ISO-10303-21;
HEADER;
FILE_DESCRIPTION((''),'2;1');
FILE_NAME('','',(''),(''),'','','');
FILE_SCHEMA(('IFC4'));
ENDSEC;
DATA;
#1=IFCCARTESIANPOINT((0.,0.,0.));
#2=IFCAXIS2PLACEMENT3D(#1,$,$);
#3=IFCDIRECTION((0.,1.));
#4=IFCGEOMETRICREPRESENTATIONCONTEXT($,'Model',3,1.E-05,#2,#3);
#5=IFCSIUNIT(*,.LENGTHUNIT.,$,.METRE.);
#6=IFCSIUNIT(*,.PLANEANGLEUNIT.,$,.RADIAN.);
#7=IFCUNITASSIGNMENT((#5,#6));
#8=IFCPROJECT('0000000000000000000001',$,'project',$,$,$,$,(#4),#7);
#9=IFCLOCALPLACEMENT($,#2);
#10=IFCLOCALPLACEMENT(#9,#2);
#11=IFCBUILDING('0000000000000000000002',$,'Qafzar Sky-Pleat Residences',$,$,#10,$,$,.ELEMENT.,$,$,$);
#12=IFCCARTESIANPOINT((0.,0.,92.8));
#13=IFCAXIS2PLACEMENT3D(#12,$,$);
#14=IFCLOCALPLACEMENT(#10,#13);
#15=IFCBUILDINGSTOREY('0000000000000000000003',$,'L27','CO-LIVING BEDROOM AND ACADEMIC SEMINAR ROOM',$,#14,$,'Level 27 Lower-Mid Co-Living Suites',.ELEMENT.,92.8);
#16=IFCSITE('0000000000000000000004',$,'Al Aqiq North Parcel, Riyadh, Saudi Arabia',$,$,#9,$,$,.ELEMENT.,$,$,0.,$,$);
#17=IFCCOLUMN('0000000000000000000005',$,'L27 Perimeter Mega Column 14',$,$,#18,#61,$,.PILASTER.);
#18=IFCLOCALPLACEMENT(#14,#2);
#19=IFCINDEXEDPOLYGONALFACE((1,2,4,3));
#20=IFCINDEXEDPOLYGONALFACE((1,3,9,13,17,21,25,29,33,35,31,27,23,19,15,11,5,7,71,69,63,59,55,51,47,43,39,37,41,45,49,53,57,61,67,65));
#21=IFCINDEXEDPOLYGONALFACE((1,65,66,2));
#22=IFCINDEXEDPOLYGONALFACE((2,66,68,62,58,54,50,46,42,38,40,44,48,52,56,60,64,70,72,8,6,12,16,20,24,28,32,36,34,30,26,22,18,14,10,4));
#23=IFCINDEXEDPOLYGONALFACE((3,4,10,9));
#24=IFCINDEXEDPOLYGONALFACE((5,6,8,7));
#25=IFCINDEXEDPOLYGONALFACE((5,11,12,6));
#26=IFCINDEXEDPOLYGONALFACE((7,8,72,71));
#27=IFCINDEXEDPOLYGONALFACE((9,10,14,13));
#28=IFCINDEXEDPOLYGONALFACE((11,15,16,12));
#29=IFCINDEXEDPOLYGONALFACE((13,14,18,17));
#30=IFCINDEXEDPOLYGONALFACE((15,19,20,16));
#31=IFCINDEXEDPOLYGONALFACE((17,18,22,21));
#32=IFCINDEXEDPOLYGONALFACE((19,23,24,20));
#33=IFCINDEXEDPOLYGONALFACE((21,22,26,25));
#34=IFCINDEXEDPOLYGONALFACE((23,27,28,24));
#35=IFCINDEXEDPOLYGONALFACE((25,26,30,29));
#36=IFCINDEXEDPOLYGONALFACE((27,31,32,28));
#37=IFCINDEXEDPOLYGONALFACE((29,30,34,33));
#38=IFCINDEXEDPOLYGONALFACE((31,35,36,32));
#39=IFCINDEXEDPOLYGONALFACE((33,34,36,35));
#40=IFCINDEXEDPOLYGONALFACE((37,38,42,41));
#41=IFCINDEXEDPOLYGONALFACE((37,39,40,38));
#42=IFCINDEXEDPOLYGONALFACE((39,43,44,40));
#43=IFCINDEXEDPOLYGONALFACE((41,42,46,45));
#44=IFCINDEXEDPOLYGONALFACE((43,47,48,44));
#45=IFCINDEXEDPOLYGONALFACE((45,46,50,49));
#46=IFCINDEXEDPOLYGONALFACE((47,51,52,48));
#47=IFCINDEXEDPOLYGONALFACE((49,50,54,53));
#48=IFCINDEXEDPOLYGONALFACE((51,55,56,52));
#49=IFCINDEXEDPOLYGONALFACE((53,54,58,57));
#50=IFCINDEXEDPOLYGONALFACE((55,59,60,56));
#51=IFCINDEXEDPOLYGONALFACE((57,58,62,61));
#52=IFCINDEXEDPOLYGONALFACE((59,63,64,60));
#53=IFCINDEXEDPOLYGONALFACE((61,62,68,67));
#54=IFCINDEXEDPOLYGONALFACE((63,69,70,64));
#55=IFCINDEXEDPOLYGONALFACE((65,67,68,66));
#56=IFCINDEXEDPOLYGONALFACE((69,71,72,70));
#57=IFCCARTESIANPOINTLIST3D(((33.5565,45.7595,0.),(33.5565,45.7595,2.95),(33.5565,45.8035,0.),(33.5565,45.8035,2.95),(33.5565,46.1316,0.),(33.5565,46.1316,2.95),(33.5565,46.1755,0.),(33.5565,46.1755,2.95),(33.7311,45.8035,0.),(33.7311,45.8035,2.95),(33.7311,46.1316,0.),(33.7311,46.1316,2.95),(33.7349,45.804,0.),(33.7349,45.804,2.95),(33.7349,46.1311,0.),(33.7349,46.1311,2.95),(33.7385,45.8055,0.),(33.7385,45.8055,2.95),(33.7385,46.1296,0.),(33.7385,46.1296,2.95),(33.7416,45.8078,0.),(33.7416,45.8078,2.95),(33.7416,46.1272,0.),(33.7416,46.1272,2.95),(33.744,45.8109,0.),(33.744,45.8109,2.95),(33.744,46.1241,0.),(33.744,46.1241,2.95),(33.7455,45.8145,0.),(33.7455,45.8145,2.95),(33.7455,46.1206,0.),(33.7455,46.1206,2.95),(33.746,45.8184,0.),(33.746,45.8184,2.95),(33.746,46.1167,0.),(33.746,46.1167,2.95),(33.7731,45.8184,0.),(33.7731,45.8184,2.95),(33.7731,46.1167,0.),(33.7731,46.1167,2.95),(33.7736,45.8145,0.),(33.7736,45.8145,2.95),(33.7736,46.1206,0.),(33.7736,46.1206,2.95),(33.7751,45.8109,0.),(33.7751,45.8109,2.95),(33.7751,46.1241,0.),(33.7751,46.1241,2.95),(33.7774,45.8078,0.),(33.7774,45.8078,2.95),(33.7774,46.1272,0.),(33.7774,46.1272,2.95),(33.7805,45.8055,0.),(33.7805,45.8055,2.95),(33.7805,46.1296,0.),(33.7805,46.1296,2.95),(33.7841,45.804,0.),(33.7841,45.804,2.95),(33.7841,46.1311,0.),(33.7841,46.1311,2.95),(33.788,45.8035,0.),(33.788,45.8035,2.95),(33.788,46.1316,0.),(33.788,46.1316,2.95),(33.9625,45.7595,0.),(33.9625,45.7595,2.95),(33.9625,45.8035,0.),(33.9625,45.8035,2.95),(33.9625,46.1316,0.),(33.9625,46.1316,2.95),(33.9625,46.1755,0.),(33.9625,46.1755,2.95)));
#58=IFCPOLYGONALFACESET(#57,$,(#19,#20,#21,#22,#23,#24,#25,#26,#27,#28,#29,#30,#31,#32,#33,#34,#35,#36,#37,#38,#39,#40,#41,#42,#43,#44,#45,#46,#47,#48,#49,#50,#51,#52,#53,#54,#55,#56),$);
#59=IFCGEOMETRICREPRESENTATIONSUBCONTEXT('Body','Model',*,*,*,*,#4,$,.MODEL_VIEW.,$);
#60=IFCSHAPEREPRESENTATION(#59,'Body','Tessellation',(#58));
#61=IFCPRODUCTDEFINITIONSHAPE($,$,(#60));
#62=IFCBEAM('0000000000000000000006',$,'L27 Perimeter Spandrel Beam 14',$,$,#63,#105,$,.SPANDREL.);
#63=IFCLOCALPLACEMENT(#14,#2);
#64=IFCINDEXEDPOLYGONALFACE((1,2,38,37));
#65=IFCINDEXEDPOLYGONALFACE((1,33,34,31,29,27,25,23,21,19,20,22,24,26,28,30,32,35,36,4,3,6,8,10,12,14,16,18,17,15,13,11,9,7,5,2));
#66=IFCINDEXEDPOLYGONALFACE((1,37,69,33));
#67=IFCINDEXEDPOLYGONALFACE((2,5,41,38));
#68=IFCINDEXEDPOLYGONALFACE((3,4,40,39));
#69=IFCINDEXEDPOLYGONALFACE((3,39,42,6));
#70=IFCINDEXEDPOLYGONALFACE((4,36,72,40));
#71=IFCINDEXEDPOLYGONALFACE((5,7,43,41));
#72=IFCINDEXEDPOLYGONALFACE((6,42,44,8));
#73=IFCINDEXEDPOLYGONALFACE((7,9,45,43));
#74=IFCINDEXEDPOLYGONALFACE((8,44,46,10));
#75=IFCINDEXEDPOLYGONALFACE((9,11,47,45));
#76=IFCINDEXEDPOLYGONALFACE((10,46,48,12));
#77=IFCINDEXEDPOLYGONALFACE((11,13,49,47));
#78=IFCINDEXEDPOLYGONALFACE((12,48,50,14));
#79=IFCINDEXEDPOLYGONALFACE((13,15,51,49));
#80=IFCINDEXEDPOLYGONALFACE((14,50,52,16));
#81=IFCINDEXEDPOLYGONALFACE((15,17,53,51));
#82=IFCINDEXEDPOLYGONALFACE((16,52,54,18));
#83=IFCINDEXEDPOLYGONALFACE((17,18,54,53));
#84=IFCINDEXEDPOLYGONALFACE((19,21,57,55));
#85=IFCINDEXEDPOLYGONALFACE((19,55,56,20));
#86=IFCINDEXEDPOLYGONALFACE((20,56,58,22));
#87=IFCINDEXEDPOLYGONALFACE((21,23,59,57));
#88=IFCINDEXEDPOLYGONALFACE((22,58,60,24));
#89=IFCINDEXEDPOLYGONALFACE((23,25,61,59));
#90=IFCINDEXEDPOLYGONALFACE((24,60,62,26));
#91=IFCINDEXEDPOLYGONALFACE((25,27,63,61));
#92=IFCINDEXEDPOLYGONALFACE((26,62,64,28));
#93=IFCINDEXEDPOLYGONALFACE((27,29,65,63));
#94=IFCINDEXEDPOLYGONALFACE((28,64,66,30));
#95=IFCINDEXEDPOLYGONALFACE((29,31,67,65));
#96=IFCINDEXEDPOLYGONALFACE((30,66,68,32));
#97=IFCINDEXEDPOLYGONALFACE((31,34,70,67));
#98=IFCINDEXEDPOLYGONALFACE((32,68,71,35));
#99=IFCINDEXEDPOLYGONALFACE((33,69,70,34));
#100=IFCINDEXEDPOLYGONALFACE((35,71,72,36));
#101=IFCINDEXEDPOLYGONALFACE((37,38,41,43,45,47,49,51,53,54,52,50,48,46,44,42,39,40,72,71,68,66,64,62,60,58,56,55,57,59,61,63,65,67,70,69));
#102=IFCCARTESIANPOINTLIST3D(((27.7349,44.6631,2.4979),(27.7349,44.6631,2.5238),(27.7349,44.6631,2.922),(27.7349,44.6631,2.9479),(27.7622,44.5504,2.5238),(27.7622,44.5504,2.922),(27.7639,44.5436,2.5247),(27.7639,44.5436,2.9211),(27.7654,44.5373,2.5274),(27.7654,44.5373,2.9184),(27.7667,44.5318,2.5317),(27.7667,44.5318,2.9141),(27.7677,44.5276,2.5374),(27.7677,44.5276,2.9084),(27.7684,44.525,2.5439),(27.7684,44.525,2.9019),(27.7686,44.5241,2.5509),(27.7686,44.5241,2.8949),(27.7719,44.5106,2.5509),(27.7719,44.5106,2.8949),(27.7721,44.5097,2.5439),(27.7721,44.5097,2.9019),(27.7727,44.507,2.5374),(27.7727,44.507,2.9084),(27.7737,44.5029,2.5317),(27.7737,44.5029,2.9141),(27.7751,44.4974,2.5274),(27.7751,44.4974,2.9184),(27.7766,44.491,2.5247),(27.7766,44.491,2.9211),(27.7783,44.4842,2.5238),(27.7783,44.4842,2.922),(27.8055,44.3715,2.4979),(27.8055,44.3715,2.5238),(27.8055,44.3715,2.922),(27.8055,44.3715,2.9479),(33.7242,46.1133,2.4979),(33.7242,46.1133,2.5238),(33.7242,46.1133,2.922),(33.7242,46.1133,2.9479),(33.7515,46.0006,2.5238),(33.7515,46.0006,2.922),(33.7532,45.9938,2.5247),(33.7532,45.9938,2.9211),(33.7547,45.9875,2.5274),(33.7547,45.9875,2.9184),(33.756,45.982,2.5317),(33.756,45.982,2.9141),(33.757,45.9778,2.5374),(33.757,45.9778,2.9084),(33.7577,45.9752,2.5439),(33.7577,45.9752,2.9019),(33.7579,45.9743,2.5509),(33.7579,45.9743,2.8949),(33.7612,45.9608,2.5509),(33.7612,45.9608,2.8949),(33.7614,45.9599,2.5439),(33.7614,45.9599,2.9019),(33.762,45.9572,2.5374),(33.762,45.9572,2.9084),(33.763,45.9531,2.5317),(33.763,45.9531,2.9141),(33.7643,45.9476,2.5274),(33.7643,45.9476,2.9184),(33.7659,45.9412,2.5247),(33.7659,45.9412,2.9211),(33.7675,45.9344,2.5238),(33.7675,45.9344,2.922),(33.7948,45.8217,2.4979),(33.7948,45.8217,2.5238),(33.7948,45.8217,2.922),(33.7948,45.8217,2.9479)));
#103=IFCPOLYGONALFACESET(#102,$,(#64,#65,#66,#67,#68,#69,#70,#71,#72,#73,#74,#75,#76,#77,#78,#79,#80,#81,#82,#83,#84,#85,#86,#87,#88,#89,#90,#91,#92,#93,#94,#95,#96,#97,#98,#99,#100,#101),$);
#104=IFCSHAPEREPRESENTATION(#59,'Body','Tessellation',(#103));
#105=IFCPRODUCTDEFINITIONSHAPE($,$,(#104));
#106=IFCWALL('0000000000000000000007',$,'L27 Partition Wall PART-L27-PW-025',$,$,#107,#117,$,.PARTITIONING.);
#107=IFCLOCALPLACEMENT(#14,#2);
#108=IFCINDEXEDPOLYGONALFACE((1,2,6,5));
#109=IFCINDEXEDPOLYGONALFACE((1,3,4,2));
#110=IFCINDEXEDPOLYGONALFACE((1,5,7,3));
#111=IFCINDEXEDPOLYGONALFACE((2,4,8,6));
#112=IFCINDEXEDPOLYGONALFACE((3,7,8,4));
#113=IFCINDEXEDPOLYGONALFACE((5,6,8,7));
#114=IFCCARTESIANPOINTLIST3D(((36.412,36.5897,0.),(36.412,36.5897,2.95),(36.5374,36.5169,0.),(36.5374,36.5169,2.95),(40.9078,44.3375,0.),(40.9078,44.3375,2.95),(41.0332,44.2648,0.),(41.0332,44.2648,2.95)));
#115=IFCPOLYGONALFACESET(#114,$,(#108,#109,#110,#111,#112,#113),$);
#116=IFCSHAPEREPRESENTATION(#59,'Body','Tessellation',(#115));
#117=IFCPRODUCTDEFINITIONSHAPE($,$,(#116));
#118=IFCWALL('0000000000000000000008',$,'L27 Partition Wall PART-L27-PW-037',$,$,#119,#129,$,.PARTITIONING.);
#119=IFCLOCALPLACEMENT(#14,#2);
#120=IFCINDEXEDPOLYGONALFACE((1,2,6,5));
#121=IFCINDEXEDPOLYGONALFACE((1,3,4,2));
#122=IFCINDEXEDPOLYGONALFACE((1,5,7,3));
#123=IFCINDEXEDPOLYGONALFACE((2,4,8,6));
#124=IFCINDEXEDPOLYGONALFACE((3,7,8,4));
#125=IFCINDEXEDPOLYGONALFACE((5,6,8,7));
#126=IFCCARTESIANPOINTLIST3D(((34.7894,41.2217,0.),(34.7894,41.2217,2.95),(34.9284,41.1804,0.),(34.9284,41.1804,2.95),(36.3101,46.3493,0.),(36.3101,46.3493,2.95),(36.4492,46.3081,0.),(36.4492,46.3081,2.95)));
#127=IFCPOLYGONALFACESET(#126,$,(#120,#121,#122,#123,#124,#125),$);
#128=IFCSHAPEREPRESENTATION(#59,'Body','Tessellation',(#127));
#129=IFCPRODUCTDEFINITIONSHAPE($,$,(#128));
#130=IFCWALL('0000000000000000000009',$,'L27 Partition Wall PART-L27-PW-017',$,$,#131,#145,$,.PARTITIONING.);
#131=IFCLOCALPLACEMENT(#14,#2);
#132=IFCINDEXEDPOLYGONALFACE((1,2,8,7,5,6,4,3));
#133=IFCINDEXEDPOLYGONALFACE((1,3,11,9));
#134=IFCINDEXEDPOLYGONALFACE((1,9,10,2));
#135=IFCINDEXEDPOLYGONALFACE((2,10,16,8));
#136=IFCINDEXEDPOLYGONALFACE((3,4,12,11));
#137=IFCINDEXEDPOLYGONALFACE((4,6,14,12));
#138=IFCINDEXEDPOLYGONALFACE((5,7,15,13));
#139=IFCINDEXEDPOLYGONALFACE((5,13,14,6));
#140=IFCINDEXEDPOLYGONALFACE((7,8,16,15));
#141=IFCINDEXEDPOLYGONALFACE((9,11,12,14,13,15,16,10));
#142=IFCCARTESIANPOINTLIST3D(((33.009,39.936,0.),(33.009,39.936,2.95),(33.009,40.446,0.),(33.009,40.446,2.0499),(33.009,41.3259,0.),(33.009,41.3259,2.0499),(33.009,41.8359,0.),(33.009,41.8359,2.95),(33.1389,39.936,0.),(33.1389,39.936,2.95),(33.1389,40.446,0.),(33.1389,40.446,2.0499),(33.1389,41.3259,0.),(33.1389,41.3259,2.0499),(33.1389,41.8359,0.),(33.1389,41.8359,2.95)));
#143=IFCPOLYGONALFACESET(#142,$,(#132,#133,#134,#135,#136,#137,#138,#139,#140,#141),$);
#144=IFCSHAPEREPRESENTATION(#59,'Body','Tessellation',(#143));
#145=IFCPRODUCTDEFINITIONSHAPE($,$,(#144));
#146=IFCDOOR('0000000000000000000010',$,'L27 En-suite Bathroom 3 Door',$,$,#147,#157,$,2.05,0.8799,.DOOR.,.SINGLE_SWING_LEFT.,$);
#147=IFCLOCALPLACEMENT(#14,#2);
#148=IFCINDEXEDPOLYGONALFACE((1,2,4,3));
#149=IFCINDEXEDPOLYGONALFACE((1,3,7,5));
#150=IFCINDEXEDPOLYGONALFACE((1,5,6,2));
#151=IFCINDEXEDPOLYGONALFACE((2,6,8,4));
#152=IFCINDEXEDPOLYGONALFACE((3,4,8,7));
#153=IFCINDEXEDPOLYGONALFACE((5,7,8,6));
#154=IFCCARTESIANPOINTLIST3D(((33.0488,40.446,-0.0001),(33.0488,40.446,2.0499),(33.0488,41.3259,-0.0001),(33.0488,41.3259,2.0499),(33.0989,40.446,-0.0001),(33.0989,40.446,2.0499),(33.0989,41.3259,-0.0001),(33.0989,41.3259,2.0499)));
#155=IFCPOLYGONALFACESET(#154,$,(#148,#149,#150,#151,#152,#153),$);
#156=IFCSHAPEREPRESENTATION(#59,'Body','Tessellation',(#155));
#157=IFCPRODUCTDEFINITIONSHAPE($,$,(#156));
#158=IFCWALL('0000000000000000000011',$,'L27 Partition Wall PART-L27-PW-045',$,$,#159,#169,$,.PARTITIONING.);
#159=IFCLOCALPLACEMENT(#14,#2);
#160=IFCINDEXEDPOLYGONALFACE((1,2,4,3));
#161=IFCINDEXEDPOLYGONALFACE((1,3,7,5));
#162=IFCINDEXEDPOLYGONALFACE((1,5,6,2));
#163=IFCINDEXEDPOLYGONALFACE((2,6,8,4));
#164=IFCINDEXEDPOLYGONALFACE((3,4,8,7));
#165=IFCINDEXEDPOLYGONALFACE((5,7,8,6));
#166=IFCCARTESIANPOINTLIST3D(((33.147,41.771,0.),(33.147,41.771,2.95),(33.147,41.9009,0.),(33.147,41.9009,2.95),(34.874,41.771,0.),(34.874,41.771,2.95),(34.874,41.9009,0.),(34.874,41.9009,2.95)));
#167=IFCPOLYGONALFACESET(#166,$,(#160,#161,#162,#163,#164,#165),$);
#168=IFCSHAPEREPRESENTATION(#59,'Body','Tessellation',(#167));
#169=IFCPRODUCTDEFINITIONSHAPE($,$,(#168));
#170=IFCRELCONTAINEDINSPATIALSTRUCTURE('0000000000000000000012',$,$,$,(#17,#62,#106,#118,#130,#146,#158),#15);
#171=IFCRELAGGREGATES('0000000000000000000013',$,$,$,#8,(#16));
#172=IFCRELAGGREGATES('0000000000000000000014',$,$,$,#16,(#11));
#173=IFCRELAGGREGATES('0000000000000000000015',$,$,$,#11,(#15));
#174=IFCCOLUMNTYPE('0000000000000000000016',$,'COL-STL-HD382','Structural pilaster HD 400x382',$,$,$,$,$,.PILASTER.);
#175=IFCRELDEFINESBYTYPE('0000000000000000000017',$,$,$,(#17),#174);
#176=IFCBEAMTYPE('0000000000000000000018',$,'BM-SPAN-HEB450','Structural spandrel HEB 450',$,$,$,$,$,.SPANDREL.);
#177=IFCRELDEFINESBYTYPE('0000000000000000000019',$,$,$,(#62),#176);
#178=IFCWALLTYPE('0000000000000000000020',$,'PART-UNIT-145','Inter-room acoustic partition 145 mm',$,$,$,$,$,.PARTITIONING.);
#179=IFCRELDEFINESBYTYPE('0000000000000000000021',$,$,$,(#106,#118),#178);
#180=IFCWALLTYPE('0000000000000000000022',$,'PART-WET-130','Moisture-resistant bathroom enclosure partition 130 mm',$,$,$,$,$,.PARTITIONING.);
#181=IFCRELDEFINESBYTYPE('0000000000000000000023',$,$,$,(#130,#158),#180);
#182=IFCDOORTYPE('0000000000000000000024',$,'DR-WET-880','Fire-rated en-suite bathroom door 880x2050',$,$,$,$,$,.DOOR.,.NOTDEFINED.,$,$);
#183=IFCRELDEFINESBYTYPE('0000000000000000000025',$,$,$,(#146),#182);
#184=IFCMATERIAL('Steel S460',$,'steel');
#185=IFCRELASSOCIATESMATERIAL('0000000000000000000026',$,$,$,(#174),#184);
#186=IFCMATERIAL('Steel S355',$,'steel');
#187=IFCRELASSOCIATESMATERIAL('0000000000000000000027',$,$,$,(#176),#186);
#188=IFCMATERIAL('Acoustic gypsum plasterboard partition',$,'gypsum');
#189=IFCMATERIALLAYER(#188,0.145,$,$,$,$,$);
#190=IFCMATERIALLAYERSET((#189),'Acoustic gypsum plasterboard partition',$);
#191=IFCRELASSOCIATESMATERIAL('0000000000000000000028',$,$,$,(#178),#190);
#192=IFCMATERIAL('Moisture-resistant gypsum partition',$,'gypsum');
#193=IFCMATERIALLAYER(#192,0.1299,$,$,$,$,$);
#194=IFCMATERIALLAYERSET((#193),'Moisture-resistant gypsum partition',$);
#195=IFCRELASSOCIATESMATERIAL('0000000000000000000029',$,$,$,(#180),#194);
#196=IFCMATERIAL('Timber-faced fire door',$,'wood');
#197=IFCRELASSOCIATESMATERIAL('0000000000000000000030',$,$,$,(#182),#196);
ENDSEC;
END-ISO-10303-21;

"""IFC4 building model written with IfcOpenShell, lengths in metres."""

from ifc_helpers import new_model, si_unit, direction, frame, frame_2d, origin, origin_2d, place, context, subcontext, project, spatial, rectangle, i_section, extrude, source, transform, mapped, material, layer, layer_set, material_profile, profile_set, type_object, element, fill, save


model = new_model("IFC4")

# Units and contexts
model_context = context("Model", 3, precision=1e-05, world=origin(), true_north=direction((0.0, 1.0)))
body_context = subcontext(model_context, "Body", "Model", "MODEL_VIEW")
ifc_project = project(units=[si_unit("LENGTHUNIT", "METRE"), si_unit("PLANEANGLEUNIT", "RADIAN")], contexts=[model_context])

# Site, building, storey
site_placement = place(None, origin())
site = spatial("IfcSite", under=ifc_project, at=site_placement, Name="Al Aqiq North Parcel, Riyadh, Saudi Arabia", CompositionType="ELEMENT", RefElevation=0.0)
building_placement = place(site_placement, origin())
building = spatial("IfcBuilding", under=site, at=building_placement, Name="Qafzar Sky-Pleat Residences", CompositionType="ELEMENT")
storey_placement = place(building_placement, frame((0.0, 0.0, 92.8)))
storey = spatial("IfcBuildingStorey", under=building, at=storey_placement, Name="L27", Description="CO-LIVING BEDROOM AND ACADEMIC SEMINAR ROOM", LongName="Level 27 Lower-Mid Co-Living Suites", CompositionType="ELEMENT", Elevation=92.8)

# Column
ifc_material_1 = material(Name="Steel S460", Category="steel")
ifc_material_profile_1 = material_profile(ifc_material_1, i_section(OverallWidth=0.406, OverallDepth=0.416, WebThickness=0.0271, FlangeThickness=0.0439, FilletRadius=0.0149, at=origin_2d()), Name="HD 400x382")
ifc_profile_set_1 = profile_set([ifc_material_profile_1], Name="Steel S460")
column_type = type_object("IfcColumnType", Name="COL-STL-HD382", Description="Structural pilaster HD 400x382", PredefinedType="PILASTER", material=ifc_profile_set_1)
shared_shape_1 = source(origin(), body_context, "Body", "SweptSolid", [
    extrude(i_section(OverallWidth=0.406, OverallDepth=0.416, WebThickness=0.0271, FlangeThickness=0.0439, FilletRadius=0.0149, at=origin_2d()), origin(), (0.0, 0.0, 1.0), 2.95),
])
column_placement = place(storey_placement, frame((33.7595, 45.9675, 0.0), z_axis=(0.0, 0.0, 1.0), x_axis=(1.0, 0.0, 0.0)))
element("IfcColumn", 1, at=column_placement, inside=storey, type_object=column_type, Name="L27 Perimeter Mega Column 14", PredefinedType="PILASTER", context=body_context, shape_type="MappedRepresentation", body=[
    mapped(shared_shape_1, transform((0.0, 0.0, 0.0), x_axis=(1.0, 0.0, 0.0), y_axis=(0.0, 1.0, 0.0), z_axis=(0.0, 0.0, 1.0), scale=1.0)),
])

# Beam
ifc_material_2 = material(Name="Steel S355", Category="steel")
ifc_material_profile_2 = material_profile(ifc_material_2, i_section(OverallWidth=0.3, OverallDepth=0.45, WebThickness=0.0139, FlangeThickness=0.0259, FilletRadius=0.0271, at=origin_2d()), Name="HEB 450")
ifc_profile_set_2 = profile_set([ifc_material_profile_2], Name="Steel S355")
beam_type = type_object("IfcBeamType", Name="BM-SPAN-HEB450", Description="Structural spandrel HEB 450", PredefinedType="SPANDREL", material=ifc_profile_set_2)
shared_shape_2 = source(origin(), body_context, "Body", "SweptSolid", [
    extrude(i_section(OverallWidth=0.3, OverallDepth=0.45, WebThickness=0.0139, FlangeThickness=0.0259, FilletRadius=0.0271, at=origin_2d()), origin(), (0.0, 0.0, 1.0), 6.1624),
])
beam_placement = place(storey_placement, frame((33.7595, 45.9675, 2.7229), z_axis=(-0.971915, -0.235332, 0.0), x_axis=(0.235332, -0.971915, 0.0)))
element("IfcBeam", 2, at=beam_placement, inside=storey, type_object=beam_type, Name="L27 Perimeter Spandrel Beam 14", PredefinedType="SPANDREL", context=body_context, shape_type="MappedRepresentation", body=[
    mapped(shared_shape_2, transform((0.0, 0.0, 0.0), x_axis=(1.0, 0.0, 0.0), y_axis=(0.0, 1.0, 0.0), z_axis=(0.0, 0.0, 1.0), scale=1.0)),
])

# Walls
ifc_material_3 = material(Name="Acoustic gypsum plasterboard partition", Category="gypsum")
ifc_layer_1 = layer(ifc_material_3, 0.145)
ifc_layer_set_1 = layer_set([ifc_layer_1], Name="Acoustic gypsum plasterboard partition")
wall_type_1 = type_object("IfcWallType", Name="PART-UNIT-145", Description="Inter-room acoustic partition 145 mm", PredefinedType="PARTITIONING", material=ifc_layer_set_1)
wall_1_placement = place(storey_placement, frame((36.4746, 36.5532, 0.0), z_axis=(0.0, 0.0, 1.0), x_axis=(0.501896, 0.864928, 0.0)))
element("IfcWall", 3, at=wall_1_placement, inside=storey, type_object=wall_type_1, Name="L27 Partition Wall PART-L27-PW-025", PredefinedType="PARTITIONING", context=body_context, shape_type="SweptSolid", body=[
    extrude(rectangle(XDim=8.9578, YDim=0.145, at=frame_2d((4.479, 0.0))), origin(), (0.0, 0.0, 1.0), 2.95),
])
wall_2_placement = place(storey_placement, frame((34.8589, 41.2009, 0.0), z_axis=(0.0, 0.0, 1.0), x_axis=(0.284335, 0.958725, 0.0)))
element("IfcWall", 4, at=wall_2_placement, inside=storey, type_object=wall_type_1, Name="L27 Partition Wall PART-L27-PW-037", PredefinedType="PARTITIONING", context=body_context, shape_type="SweptSolid", body=[
    extrude(rectangle(XDim=5.3484, YDim=0.145, at=frame_2d((2.6743, 0.0))), origin(), (0.0, 0.0, 1.0), 2.95),
])

# Wall, opening, door
ifc_material_4 = material(Name="Moisture-resistant gypsum partition", Category="gypsum")
ifc_layer_2 = layer(ifc_material_4, 0.1299)
ifc_layer_set_2 = layer_set([ifc_layer_2], Name="Moisture-resistant gypsum partition")
wall_type_2 = type_object("IfcWallType", Name="PART-WET-130", Description="Moisture-resistant bathroom enclosure partition 130 mm", PredefinedType="PARTITIONING", material=ifc_layer_set_2)
wall_3_placement = place(storey_placement, frame((33.074, 41.8359, 0.0), z_axis=(0.0, 0.0, 1.0), x_axis=(0.0, -1.0, 0.0)))
wall_3 = element("IfcWall", 5, at=wall_3_placement, inside=storey, type_object=wall_type_2, Name="L27 Partition Wall PART-L27-PW-017", PredefinedType="PARTITIONING", context=body_context, shape_type="SweptSolid", body=[
    extrude(rectangle(XDim=1.8999, YDim=0.1299, at=frame_2d((0.95, 0.0))), origin(), (0.0, 0.0, 1.0), 2.95),
])
opening_1_placement = place(wall_3_placement, frame((0.51, 0.0, 0.0)))
opening_1 = element("IfcOpeningElement", 6, at=opening_1_placement, cuts=wall_3, PredefinedType="OPENING", context=body_context, shape_type="SweptSolid", body=[
    extrude(rectangle(XDim=0.8799, YDim=2.05, at=frame_2d((0.4399, 1.0249))), frame((0.0, 0.075, 0.0), z_axis=(0.0, -1.0, 0.0), x_axis=(1.0, 0.0, 0.0)), (0.0, 0.0, 1.0), 0.1499),
])
ifc_material_5 = material(Name="Timber-faced fire door", Category="wood")
door_type_1 = type_object("IfcDoorType", Name="DR-WET-880", Description="Fire-rated en-suite bathroom door 880x2050", OperationType="NOTDEFINED", PredefinedType="DOOR", material=ifc_material_5)
shared_shape_3 = source(origin(), body_context, "Body", "SweptSolid", [
    extrude(rectangle(XDim=0.8799, YDim=2.05, at=frame_2d((0.4399, 1.0249))), frame((0.0, 0.0249, 0.0), z_axis=(0.0, -1.0, 0.0), x_axis=(1.0, 0.0, 0.0)), (0.0, 0.0, 1.0), 0.05),
])
door_1_placement = place(opening_1_placement, origin())
door_1 = element("IfcDoor", 7, at=door_1_placement, inside=storey, type_object=door_type_1, Name="L27 En-suite Bathroom 3 Door", OperationType="SINGLE_SWING_LEFT", OverallHeight=2.05, OverallWidth=0.8799, PredefinedType="DOOR", context=body_context, shape_type="MappedRepresentation", body=[
    mapped(shared_shape_3, transform((0.0, 0.0, 0.0), x_axis=(1.0, 0.0, 0.0), y_axis=(0.0, 1.0, 0.0), z_axis=(0.0, 0.0, 1.0), scale=1.0)),
])
fill(opening_1, door_1)

# Wall
wall_4_placement = place(storey_placement, frame((33.147, 41.8359, 0.0), z_axis=(0.0, 0.0, 1.0), x_axis=(1.0, 0.0, 0.0)))
element("IfcWall", 8, at=wall_4_placement, inside=storey, type_object=wall_type_2, Name="L27 Partition Wall PART-L27-PW-045", PredefinedType="PARTITIONING", context=body_context, shape_type="SweptSolid", body=[
    extrude(rectangle(XDim=1.7271, YDim=0.1299, at=frame_2d((0.8635, 0.0))), origin(), (0.0, 0.0, 1.0), 2.95),
])

save(model, "model.ifc")
